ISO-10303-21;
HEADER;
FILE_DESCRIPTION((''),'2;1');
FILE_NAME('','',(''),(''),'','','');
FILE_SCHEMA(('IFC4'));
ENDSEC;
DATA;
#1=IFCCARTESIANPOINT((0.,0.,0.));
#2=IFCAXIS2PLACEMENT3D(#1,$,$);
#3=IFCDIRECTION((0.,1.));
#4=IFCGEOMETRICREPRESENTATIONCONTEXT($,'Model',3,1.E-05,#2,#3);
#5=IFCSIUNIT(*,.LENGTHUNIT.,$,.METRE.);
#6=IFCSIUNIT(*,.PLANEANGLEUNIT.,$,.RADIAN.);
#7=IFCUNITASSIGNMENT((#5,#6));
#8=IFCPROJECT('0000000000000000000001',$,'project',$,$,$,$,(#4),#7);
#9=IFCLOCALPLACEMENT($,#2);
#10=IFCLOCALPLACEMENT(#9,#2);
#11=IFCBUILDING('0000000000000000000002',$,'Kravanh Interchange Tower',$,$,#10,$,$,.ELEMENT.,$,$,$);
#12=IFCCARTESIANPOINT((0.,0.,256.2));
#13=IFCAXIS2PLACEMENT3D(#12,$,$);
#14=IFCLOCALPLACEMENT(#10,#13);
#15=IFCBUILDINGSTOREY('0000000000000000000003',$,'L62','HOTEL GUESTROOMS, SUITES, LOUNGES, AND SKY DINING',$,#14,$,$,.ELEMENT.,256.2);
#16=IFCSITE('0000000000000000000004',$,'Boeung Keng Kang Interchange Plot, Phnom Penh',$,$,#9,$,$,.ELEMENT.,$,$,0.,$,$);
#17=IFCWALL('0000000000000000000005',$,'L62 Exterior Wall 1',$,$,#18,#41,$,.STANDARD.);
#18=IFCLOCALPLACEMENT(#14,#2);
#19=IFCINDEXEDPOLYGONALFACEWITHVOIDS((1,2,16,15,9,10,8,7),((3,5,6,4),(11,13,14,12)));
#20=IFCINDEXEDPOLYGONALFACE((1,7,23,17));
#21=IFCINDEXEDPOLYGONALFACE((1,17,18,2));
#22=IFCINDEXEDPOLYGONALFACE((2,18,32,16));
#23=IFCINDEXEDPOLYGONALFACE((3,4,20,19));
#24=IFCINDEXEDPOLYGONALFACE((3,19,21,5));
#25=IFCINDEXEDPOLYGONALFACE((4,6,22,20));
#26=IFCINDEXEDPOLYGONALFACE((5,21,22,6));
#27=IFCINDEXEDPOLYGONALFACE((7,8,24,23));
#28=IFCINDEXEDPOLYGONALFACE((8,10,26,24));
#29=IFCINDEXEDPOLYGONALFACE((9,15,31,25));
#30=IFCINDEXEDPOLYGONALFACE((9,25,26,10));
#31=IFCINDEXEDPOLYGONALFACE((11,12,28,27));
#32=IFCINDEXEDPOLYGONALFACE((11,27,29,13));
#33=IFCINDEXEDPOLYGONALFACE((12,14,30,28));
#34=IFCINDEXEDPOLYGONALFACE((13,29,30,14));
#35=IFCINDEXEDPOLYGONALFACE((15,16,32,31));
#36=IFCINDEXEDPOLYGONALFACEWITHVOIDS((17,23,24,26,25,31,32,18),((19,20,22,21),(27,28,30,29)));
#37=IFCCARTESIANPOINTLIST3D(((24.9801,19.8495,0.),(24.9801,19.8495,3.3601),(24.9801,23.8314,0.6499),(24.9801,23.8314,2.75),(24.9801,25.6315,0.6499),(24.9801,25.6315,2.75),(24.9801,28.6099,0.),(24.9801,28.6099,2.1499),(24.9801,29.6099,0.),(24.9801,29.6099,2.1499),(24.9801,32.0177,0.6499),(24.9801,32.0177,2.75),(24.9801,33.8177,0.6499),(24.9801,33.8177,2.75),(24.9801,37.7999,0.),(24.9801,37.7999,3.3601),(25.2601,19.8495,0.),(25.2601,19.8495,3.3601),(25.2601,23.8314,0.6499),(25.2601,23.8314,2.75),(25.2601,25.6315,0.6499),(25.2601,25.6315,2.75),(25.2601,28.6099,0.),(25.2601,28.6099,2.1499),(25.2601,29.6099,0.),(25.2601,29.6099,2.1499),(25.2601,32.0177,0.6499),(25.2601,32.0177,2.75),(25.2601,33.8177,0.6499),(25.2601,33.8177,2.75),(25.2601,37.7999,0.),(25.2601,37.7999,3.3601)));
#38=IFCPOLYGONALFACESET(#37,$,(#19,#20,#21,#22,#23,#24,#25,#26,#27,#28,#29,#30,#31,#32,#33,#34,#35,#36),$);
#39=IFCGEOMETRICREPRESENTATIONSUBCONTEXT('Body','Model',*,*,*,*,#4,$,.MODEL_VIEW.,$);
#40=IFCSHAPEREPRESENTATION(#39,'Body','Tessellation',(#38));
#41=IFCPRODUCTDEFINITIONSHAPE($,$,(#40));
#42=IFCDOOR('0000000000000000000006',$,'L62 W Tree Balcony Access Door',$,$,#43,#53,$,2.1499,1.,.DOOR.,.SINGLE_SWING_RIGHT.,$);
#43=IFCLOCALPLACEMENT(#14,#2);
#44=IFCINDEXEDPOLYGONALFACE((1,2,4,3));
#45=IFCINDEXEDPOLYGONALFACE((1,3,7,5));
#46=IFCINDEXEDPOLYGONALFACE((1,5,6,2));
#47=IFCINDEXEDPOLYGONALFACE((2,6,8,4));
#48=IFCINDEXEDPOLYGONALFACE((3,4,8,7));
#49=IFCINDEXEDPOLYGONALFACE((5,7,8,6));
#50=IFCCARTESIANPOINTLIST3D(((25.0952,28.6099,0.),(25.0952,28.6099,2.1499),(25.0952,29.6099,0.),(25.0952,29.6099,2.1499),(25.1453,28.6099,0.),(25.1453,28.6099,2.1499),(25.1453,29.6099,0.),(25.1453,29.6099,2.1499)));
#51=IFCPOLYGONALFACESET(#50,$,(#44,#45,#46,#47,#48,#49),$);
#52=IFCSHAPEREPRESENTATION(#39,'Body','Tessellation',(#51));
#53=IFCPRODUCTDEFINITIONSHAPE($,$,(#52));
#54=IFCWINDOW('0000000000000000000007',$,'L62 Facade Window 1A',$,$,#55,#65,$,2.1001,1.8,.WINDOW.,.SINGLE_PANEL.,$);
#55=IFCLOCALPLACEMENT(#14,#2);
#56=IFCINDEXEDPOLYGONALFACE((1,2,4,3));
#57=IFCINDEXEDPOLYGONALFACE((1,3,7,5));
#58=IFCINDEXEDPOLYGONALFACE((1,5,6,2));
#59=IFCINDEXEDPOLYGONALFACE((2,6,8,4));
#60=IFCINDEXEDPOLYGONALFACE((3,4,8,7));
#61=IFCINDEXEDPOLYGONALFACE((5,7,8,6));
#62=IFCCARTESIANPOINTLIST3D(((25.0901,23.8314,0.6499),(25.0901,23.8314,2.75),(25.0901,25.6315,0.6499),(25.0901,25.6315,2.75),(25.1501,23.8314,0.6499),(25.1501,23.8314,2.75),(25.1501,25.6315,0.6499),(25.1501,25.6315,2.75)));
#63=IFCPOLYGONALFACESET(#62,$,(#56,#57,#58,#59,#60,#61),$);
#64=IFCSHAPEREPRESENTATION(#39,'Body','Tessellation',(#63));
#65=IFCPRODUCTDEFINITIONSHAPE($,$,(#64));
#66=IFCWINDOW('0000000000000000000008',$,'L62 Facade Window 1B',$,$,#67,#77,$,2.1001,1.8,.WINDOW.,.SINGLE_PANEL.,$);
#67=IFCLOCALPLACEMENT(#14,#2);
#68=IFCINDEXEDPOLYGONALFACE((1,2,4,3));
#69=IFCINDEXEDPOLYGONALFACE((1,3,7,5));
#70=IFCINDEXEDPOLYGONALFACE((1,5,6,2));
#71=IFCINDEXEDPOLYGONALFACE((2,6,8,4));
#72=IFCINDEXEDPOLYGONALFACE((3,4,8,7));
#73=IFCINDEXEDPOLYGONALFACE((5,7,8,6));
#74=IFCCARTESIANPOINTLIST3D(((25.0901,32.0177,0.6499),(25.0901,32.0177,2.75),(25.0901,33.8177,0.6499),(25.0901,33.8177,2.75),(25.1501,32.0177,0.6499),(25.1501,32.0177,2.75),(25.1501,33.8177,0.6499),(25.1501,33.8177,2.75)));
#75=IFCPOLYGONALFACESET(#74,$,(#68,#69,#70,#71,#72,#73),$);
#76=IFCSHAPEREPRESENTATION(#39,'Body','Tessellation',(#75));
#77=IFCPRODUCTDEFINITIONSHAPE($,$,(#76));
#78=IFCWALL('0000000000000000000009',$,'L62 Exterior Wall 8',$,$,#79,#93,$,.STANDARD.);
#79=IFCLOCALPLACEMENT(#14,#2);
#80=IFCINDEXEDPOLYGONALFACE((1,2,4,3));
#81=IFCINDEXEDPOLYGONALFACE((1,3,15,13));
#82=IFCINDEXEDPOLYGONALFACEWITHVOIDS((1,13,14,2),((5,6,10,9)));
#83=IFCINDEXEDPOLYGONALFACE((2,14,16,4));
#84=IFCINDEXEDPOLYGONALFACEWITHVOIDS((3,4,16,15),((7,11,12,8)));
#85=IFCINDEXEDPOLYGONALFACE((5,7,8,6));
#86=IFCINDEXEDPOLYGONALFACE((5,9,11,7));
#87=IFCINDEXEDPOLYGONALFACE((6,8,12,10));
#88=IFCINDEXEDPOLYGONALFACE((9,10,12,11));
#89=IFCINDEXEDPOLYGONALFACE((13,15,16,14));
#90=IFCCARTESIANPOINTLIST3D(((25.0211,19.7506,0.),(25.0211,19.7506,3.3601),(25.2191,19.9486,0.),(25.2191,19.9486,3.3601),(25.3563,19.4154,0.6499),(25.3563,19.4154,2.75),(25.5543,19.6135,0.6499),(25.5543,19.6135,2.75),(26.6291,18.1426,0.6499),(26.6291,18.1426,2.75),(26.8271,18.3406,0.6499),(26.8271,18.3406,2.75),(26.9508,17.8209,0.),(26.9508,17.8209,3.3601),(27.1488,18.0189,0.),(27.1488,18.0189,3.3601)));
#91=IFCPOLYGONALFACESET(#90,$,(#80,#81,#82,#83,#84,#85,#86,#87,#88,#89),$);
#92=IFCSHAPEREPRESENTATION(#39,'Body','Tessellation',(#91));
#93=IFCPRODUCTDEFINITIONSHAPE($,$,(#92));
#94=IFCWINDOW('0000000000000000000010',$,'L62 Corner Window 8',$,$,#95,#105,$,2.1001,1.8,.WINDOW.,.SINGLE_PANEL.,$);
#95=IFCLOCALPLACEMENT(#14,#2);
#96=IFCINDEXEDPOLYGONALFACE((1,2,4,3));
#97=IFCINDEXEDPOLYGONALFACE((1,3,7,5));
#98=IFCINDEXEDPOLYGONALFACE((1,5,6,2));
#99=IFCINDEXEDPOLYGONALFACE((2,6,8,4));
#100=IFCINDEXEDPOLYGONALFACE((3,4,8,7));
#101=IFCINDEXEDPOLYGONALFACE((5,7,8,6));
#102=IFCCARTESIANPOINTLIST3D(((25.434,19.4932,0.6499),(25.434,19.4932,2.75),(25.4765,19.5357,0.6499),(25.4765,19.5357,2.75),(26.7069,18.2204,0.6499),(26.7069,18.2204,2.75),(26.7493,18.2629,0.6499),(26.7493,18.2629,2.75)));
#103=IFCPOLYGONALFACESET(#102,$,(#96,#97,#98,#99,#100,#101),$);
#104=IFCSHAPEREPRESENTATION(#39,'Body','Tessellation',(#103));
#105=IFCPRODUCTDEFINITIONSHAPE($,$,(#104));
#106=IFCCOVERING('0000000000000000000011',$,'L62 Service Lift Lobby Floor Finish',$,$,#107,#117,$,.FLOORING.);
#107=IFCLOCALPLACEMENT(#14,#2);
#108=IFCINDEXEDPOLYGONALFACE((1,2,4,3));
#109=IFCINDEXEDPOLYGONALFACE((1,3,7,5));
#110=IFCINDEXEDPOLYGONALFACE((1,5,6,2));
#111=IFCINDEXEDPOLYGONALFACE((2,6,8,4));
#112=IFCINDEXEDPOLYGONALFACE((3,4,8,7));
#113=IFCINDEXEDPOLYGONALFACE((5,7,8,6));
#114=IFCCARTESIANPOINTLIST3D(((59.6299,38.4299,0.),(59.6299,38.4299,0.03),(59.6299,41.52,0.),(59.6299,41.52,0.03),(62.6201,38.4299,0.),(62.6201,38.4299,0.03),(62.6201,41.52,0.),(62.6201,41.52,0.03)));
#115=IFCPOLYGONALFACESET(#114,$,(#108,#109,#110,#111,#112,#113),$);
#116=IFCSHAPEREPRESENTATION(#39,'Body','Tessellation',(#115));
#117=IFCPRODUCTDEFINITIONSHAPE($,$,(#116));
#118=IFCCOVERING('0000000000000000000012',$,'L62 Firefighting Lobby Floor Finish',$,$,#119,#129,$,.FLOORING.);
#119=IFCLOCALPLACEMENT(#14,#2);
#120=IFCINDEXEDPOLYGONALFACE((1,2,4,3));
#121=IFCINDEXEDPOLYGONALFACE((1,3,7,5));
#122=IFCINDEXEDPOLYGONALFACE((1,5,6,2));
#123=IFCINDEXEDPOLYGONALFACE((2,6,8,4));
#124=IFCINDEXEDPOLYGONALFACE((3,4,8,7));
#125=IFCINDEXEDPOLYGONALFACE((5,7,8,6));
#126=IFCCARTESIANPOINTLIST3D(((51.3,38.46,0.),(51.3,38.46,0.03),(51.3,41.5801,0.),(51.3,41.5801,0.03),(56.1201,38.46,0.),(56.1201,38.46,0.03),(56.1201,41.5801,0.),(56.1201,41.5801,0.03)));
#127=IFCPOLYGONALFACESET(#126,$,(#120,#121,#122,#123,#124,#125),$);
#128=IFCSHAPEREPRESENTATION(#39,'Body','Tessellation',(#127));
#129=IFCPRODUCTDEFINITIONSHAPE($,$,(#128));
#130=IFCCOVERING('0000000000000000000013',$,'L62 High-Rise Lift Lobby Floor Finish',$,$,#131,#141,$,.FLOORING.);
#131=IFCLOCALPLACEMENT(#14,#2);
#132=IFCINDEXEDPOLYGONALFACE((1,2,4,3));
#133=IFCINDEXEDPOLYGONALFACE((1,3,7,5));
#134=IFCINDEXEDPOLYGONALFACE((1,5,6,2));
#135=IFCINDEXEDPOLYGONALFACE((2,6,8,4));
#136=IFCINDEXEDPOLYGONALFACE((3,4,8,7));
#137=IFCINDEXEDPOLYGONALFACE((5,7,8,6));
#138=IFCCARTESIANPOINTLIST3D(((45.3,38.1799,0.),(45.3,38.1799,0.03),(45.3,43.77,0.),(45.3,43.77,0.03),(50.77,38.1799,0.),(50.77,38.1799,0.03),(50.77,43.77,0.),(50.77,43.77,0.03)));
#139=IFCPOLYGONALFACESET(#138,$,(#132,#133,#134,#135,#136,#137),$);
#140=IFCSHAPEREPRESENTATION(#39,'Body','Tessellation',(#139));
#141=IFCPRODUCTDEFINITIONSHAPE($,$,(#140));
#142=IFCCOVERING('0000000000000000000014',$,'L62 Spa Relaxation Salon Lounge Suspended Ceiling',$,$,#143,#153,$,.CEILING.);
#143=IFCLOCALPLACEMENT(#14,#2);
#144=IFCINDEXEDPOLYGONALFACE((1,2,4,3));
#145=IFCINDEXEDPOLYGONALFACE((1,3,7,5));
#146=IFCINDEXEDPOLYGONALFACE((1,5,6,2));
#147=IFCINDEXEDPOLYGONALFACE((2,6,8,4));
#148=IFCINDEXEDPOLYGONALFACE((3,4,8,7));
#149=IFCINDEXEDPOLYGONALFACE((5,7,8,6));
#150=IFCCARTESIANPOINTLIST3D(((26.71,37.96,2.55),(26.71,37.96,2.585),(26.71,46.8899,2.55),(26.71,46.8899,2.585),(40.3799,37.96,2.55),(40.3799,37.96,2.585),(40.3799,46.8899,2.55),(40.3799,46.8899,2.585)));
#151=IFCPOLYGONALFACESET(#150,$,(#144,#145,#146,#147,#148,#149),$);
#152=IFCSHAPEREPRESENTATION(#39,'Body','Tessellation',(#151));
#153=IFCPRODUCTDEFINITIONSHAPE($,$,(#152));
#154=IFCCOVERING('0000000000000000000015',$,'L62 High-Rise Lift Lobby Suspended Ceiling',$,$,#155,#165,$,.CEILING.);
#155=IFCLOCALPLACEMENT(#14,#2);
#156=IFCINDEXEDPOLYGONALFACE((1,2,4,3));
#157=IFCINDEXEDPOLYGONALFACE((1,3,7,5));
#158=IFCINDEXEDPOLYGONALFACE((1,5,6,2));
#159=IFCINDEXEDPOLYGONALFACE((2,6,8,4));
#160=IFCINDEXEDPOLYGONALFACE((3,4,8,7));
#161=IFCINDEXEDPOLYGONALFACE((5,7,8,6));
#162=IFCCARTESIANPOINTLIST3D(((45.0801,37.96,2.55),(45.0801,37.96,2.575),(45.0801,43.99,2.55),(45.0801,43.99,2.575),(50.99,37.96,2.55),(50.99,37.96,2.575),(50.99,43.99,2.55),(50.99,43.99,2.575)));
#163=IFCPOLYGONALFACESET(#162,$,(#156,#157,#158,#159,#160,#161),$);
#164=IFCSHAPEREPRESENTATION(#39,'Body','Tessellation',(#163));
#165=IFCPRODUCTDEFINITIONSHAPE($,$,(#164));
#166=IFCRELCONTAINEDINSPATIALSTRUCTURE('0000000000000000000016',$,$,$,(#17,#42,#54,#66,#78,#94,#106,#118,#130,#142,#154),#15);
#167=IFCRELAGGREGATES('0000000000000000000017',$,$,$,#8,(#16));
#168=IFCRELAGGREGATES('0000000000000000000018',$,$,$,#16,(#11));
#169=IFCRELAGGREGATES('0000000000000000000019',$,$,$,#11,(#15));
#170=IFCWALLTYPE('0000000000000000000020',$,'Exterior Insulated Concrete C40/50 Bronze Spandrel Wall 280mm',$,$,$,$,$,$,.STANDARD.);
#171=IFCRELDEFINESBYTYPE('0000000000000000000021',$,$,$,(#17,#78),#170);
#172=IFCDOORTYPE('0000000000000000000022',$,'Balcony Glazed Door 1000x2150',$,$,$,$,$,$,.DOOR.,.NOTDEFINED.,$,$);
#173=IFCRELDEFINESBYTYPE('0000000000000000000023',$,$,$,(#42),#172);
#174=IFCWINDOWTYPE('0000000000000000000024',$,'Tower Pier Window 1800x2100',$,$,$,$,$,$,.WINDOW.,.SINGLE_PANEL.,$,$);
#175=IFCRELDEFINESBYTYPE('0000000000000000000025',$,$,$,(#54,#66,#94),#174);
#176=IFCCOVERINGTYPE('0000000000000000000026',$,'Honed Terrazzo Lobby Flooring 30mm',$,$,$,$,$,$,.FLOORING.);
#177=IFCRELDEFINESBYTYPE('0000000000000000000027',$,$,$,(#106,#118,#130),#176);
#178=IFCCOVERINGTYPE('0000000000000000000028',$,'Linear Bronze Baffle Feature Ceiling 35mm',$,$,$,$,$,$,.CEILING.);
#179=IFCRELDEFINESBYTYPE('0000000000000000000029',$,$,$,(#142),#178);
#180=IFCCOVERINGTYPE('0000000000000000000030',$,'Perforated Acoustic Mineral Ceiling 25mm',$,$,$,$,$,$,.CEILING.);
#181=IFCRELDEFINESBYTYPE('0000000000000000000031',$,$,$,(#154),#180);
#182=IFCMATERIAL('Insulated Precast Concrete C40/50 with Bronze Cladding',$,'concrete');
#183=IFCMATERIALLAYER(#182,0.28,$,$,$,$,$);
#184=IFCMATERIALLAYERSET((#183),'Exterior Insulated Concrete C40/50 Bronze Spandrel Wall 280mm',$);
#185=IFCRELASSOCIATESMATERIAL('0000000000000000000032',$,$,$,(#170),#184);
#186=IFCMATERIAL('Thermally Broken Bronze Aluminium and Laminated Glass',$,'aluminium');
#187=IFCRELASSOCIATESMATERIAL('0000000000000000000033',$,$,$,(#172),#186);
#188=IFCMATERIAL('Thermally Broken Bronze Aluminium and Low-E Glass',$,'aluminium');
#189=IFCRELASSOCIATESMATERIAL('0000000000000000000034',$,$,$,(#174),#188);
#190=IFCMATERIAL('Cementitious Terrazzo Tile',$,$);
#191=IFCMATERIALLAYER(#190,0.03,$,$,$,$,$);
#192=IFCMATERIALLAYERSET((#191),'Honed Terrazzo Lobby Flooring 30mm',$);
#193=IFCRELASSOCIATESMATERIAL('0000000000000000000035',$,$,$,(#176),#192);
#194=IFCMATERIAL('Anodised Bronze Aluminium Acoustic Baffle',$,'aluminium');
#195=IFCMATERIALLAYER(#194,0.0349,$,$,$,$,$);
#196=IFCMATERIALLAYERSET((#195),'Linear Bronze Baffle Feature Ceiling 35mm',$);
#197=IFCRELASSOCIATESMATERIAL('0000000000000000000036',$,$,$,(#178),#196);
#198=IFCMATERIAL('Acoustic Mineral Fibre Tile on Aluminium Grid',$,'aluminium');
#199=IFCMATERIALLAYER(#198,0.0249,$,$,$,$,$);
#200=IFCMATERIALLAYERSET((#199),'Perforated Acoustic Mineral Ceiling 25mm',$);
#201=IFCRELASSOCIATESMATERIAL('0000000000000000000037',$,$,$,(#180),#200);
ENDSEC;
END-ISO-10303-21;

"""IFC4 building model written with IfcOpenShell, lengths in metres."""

from ifc_helpers import new_model, si_unit, direction, frame, frame_2d, origin, place, context, subcontext, project, spatial, polyline, rectangle, outline, extrude, material, layer, layer_set, type_object, element, fill, save


model = new_model("IFC4")

# Units and contexts
model_context = context("Model", 3, precision=1e-05, world=origin(), true_north=direction((0.0, 1.0)))
body_context = subcontext(model_context, "Body", "Model", "MODEL_VIEW")
ifc_project = project(units=[si_unit("LENGTHUNIT", "METRE"), si_unit("PLANEANGLEUNIT", "RADIAN")], contexts=[model_context])

# Site, building, storey
site_placement = place(None, origin())
site = spatial("IfcSite", under=ifc_project, at=site_placement, Name="Boeung Keng Kang Interchange Plot, Phnom Penh", CompositionType="ELEMENT", RefElevation=0.0)
building_placement = place(site_placement, origin())
building = spatial("IfcBuilding", under=site, at=building_placement, Name="Kravanh Interchange Tower", CompositionType="ELEMENT")
storey_placement = place(building_placement, frame((0.0, 0.0, 256.2)))
storey = spatial("IfcBuildingStorey", under=building, at=storey_placement, Name="L62", Description="HOTEL GUESTROOMS, SUITES, LOUNGES, AND SKY DINING", CompositionType="ELEMENT", Elevation=256.2)

# Wall, openings, door, windows
ifc_material_1 = material(Name="Insulated Precast Concrete C40/50 with Bronze Cladding", Category="concrete")
ifc_layer_1 = layer(ifc_material_1, 0.28)
ifc_layer_set_1 = layer_set([ifc_layer_1], Name="Exterior Insulated Concrete C40/50 Bronze Spandrel Wall 280mm")
wall_type = type_object("IfcWallType", Name="Exterior Insulated Concrete C40/50 Bronze Spandrel Wall 280mm", PredefinedType="STANDARD", material=ifc_layer_set_1)
wall_1_placement = place(storey_placement, frame((25.1201, 19.8496, 0.0), z_axis=(0.0, 0.0, 1.0), x_axis=(0.0, 1.0, 0.0)))
wall_1 = element("IfcWall", 1, at=wall_1_placement, inside=storey, type_object=wall_type, Name="L62 Exterior Wall 1", PredefinedType="STANDARD", context=body_context, shape_type="SweptSolid", body=[
    extrude(rectangle(XDim=17.9504, YDim=0.28, at=frame_2d((8.9751, 0.0))), origin(), (0.0, 0.0, 1.0), 3.3601),
])
opening_1_placement = place(wall_1_placement, frame((8.7603, 0.0, 0.0)))
opening_1 = element("IfcOpeningElement", 2, at=opening_1_placement, cuts=wall_1, PredefinedType="OPENING", context=body_context, shape_type="SweptSolid", body=[
    extrude(rectangle(XDim=1.0, YDim=2.1499, at=frame_2d((0.5, 1.075))), frame((0.0, 0.1499, 0.0), z_axis=(0.0, -1.0, 0.0), x_axis=(1.0, 0.0, 0.0)), (0.0, 0.0, 1.0), 0.3),
])
opening_2_placement = place(wall_1_placement, frame((3.9819, 0.0, 0.6499)))
opening_2 = element("IfcOpeningElement", 3, at=opening_2_placement, cuts=wall_1, PredefinedType="OPENING", context=body_context, shape_type="SweptSolid", body=[
    extrude(rectangle(XDim=1.8, YDim=2.1001, at=frame_2d((0.8999, 1.05))), frame((0.0, 0.1499, 0.0), z_axis=(0.0, -1.0, 0.0), x_axis=(1.0, 0.0, 0.0)), (0.0, 0.0, 1.0), 0.3),
])
opening_3_placement = place(wall_1_placement, frame((12.1682, 0.0, 0.6499)))
opening_3 = element("IfcOpeningElement", 4, at=opening_3_placement, cuts=wall_1, PredefinedType="OPENING", context=body_context, shape_type="SweptSolid", body=[
    extrude(rectangle(XDim=1.8, YDim=2.1001, at=frame_2d((0.8999, 1.05))), frame((0.0, 0.1499, 0.0), z_axis=(0.0, -1.0, 0.0), x_axis=(1.0, 0.0, 0.0)), (0.0, 0.0, 1.0), 0.3),
])
ifc_material_2 = material(Name="Thermally Broken Bronze Aluminium and Laminated Glass", Category="aluminium")
door_type = type_object("IfcDoorType", Name="Balcony Glazed Door 1000x2150", OperationType="NOTDEFINED", PredefinedType="DOOR", material=ifc_material_2)
door_placement = place(opening_1_placement, origin())
door = element("IfcDoor", 5, at=door_placement, inside=storey, type_object=door_type, Name="L62 W Tree Balcony Access Door", OperationType="SINGLE_SWING_RIGHT", OverallHeight=2.1499, OverallWidth=1.0, PredefinedType="DOOR", context=body_context, shape_type="SweptSolid", body=[
    extrude(rectangle(XDim=1.0, YDim=2.1499, at=frame_2d((0.5, 1.075))), frame((0.0, 0.0249, 0.0), z_axis=(0.0, -1.0, 0.0), x_axis=(1.0, 0.0, 0.0)), (0.0, 0.0, 1.0), 0.05),
])
fill(opening_1, door)
ifc_material_3 = material(Name="Thermally Broken Bronze Aluminium and Low-E Glass", Category="aluminium")
window_type = type_object("IfcWindowType", Name="Tower Pier Window 1800x2100", PartitioningType="SINGLE_PANEL", PredefinedType="WINDOW", material=ifc_material_3)
window_1_placement = place(opening_2_placement, origin())
window_1 = element("IfcWindow", 6, at=window_1_placement, inside=storey, type_object=window_type, Name="L62 Facade Window 1A", OverallHeight=2.1001, OverallWidth=1.8, PartitioningType="SINGLE_PANEL", PredefinedType="WINDOW", context=body_context, shape_type="SweptSolid", body=[
    extrude(rectangle(XDim=1.8, YDim=2.1001, at=frame_2d((0.8999, 1.05))), frame((0.0, 0.03, 0.0), z_axis=(0.0, -1.0, 0.0), x_axis=(1.0, 0.0, 0.0)), (0.0, 0.0, 1.0), 0.0601),
])
fill(opening_2, window_1)
window_2_placement = place(opening_3_placement, origin())
window_2 = element("IfcWindow", 7, at=window_2_placement, inside=storey, type_object=window_type, Name="L62 Facade Window 1B", OverallHeight=2.1001, OverallWidth=1.8, PartitioningType="SINGLE_PANEL", PredefinedType="WINDOW", context=body_context, shape_type="SweptSolid", body=[
    extrude(rectangle(XDim=1.8, YDim=2.1001, at=frame_2d((0.8999, 1.05))), frame((0.0, 0.03, 0.0), z_axis=(0.0, -1.0, 0.0), x_axis=(1.0, 0.0, 0.0)), (0.0, 0.0, 1.0), 0.0601),
])
fill(opening_3, window_2)

# Wall, opening, window
wall_2_placement = place(storey_placement, frame((27.0498, 17.9199, 0.0), z_axis=(0.0, 0.0, 1.0), x_axis=(-0.707107, 0.707107, 0.0)))
wall_2 = element("IfcWall", 8, at=wall_2_placement, inside=storey, type_object=wall_type, Name="L62 Exterior Wall 8", PredefinedType="STANDARD", context=body_context, shape_type="SweptSolid", body=[
    extrude(rectangle(XDim=2.729, YDim=0.28, at=frame_2d((1.3645, 0.0))), origin(), (0.0, 0.0, 1.0), 3.3601),
])
opening_4_placement = place(wall_2_placement, frame((0.4551, 0.0, 0.6499)))
opening_4 = element("IfcOpeningElement", 9, at=opening_4_placement, cuts=wall_2, PredefinedType="OPENING", context=body_context, shape_type="SweptSolid", body=[
    extrude(rectangle(XDim=1.8, YDim=2.1001, at=frame_2d((0.8999, 1.05))), frame((0.0, 0.1499, 0.0), z_axis=(0.0, -1.0, 0.0), x_axis=(1.0, 0.0, 0.0)), (0.0, 0.0, 1.0), 0.3),
])
window_3_placement = place(opening_4_placement, origin())
window_3 = element("IfcWindow", 10, at=window_3_placement, inside=storey, type_object=window_type, Name="L62 Corner Window 8", OverallHeight=2.1001, OverallWidth=1.8, PartitioningType="SINGLE_PANEL", PredefinedType="WINDOW", context=body_context, shape_type="SweptSolid", body=[
    extrude(rectangle(XDim=1.8, YDim=2.1001, at=frame_2d((0.8999, 1.05))), frame((0.0, 0.03, 0.0), z_axis=(0.0, -1.0, 0.0), x_axis=(1.0, 0.0, 0.0)), (0.0, 0.0, 1.0), 0.0601),
])
fill(opening_4, window_3)

# Coverings
ifc_material_4 = material(Name="Cementitious Terrazzo Tile")
ifc_layer_2 = layer(ifc_material_4, 0.03)
ifc_layer_set_2 = layer_set([ifc_layer_2], Name="Honed Terrazzo Lobby Flooring 30mm")
covering_type_1 = type_object("IfcCoveringType", Name="Honed Terrazzo Lobby Flooring 30mm", PredefinedType="FLOORING", material=ifc_layer_set_2)
covering_1_placement = place(storey_placement, origin())
element("IfcCovering", 11, at=covering_1_placement, inside=storey, type_object=covering_type_1, Name="L62 Service Lift Lobby Floor Finish", PredefinedType="FLOORING", context=body_context, shape_type="SweptSolid", body=[
    extrude(outline(polyline([(59.6299, 41.52), (62.6201, 41.52), (62.6201, 38.4299), (59.6299, 38.4299), (59.6299, 41.52)])), origin(), (0.0, 0.0, 1.0), 0.03),
])
covering_2_placement = place(storey_placement, origin())
element("IfcCovering", 12, at=covering_2_placement, inside=storey, type_object=covering_type_1, Name="L62 Firefighting Lobby Floor Finish", PredefinedType="FLOORING", context=body_context, shape_type="SweptSolid", body=[
    extrude(outline(polyline([(56.1201, 38.46), (51.3, 38.46), (51.3, 41.5801), (56.1201, 41.5801), (56.1201, 38.46)])), origin(), (0.0, 0.0, 1.0), 0.03),
])
covering_3_placement = place(storey_placement, origin())
element("IfcCovering", 13, at=covering_3_placement, inside=storey, type_object=covering_type_1, Name="L62 High-Rise Lift Lobby Floor Finish", PredefinedType="FLOORING", context=body_context, shape_type="SweptSolid", body=[
    extrude(outline(polyline([(45.3, 43.77), (50.77, 43.77), (50.77, 38.1799), (45.3, 38.1799), (45.3, 43.77)])), origin(), (0.0, 0.0, 1.0), 0.03),
])
ifc_material_5 = material(Name="Anodised Bronze Aluminium Acoustic Baffle", Category="aluminium")
ifc_layer_3 = layer(ifc_material_5, 0.0349)
ifc_layer_set_3 = layer_set([ifc_layer_3], Name="Linear Bronze Baffle Feature Ceiling 35mm")
covering_type_2 = type_object("IfcCoveringType", Name="Linear Bronze Baffle Feature Ceiling 35mm", PredefinedType="CEILING", material=ifc_layer_set_3)
covering_4_placement = place(storey_placement, frame((0.0, 0.0, 2.55)))
element("IfcCovering", 14, at=covering_4_placement, inside=storey, type_object=covering_type_2, Name="L62 Spa Relaxation Salon Lounge Suspended Ceiling", PredefinedType="CEILING", context=body_context, shape_type="SweptSolid", body=[
    extrude(outline(polyline([(40.3799, 46.8899), (40.3799, 37.96), (26.71, 37.96), (26.71, 46.8899), (40.3799, 46.8899)])), origin(), (0.0, 0.0, 1.0), 0.0349),
])
ifc_material_6 = material(Name="Acoustic Mineral Fibre Tile on Aluminium Grid", Category="aluminium")
ifc_layer_4 = layer(ifc_material_6, 0.0249)
ifc_layer_set_4 = layer_set([ifc_layer_4], Name="Perforated Acoustic Mineral Ceiling 25mm")
covering_type_3 = type_object("IfcCoveringType", Name="Perforated Acoustic Mineral Ceiling 25mm", PredefinedType="CEILING", material=ifc_layer_set_4)
covering_5_placement = place(storey_placement, frame((0.0, 0.0, 2.55)))
element("IfcCovering", 15, at=covering_5_placement, inside=storey, type_object=covering_type_3, Name="L62 High-Rise Lift Lobby Suspended Ceiling", PredefinedType="CEILING", context=body_context, shape_type="SweptSolid", body=[
    extrude(outline(polyline([(50.99, 37.96), (45.0801, 37.96), (45.0801, 43.99), (50.99, 43.99), (50.99, 37.96)])), origin(), (0.0, 0.0, 1.0), 0.0249),
])

save(model, "model.ifc")
